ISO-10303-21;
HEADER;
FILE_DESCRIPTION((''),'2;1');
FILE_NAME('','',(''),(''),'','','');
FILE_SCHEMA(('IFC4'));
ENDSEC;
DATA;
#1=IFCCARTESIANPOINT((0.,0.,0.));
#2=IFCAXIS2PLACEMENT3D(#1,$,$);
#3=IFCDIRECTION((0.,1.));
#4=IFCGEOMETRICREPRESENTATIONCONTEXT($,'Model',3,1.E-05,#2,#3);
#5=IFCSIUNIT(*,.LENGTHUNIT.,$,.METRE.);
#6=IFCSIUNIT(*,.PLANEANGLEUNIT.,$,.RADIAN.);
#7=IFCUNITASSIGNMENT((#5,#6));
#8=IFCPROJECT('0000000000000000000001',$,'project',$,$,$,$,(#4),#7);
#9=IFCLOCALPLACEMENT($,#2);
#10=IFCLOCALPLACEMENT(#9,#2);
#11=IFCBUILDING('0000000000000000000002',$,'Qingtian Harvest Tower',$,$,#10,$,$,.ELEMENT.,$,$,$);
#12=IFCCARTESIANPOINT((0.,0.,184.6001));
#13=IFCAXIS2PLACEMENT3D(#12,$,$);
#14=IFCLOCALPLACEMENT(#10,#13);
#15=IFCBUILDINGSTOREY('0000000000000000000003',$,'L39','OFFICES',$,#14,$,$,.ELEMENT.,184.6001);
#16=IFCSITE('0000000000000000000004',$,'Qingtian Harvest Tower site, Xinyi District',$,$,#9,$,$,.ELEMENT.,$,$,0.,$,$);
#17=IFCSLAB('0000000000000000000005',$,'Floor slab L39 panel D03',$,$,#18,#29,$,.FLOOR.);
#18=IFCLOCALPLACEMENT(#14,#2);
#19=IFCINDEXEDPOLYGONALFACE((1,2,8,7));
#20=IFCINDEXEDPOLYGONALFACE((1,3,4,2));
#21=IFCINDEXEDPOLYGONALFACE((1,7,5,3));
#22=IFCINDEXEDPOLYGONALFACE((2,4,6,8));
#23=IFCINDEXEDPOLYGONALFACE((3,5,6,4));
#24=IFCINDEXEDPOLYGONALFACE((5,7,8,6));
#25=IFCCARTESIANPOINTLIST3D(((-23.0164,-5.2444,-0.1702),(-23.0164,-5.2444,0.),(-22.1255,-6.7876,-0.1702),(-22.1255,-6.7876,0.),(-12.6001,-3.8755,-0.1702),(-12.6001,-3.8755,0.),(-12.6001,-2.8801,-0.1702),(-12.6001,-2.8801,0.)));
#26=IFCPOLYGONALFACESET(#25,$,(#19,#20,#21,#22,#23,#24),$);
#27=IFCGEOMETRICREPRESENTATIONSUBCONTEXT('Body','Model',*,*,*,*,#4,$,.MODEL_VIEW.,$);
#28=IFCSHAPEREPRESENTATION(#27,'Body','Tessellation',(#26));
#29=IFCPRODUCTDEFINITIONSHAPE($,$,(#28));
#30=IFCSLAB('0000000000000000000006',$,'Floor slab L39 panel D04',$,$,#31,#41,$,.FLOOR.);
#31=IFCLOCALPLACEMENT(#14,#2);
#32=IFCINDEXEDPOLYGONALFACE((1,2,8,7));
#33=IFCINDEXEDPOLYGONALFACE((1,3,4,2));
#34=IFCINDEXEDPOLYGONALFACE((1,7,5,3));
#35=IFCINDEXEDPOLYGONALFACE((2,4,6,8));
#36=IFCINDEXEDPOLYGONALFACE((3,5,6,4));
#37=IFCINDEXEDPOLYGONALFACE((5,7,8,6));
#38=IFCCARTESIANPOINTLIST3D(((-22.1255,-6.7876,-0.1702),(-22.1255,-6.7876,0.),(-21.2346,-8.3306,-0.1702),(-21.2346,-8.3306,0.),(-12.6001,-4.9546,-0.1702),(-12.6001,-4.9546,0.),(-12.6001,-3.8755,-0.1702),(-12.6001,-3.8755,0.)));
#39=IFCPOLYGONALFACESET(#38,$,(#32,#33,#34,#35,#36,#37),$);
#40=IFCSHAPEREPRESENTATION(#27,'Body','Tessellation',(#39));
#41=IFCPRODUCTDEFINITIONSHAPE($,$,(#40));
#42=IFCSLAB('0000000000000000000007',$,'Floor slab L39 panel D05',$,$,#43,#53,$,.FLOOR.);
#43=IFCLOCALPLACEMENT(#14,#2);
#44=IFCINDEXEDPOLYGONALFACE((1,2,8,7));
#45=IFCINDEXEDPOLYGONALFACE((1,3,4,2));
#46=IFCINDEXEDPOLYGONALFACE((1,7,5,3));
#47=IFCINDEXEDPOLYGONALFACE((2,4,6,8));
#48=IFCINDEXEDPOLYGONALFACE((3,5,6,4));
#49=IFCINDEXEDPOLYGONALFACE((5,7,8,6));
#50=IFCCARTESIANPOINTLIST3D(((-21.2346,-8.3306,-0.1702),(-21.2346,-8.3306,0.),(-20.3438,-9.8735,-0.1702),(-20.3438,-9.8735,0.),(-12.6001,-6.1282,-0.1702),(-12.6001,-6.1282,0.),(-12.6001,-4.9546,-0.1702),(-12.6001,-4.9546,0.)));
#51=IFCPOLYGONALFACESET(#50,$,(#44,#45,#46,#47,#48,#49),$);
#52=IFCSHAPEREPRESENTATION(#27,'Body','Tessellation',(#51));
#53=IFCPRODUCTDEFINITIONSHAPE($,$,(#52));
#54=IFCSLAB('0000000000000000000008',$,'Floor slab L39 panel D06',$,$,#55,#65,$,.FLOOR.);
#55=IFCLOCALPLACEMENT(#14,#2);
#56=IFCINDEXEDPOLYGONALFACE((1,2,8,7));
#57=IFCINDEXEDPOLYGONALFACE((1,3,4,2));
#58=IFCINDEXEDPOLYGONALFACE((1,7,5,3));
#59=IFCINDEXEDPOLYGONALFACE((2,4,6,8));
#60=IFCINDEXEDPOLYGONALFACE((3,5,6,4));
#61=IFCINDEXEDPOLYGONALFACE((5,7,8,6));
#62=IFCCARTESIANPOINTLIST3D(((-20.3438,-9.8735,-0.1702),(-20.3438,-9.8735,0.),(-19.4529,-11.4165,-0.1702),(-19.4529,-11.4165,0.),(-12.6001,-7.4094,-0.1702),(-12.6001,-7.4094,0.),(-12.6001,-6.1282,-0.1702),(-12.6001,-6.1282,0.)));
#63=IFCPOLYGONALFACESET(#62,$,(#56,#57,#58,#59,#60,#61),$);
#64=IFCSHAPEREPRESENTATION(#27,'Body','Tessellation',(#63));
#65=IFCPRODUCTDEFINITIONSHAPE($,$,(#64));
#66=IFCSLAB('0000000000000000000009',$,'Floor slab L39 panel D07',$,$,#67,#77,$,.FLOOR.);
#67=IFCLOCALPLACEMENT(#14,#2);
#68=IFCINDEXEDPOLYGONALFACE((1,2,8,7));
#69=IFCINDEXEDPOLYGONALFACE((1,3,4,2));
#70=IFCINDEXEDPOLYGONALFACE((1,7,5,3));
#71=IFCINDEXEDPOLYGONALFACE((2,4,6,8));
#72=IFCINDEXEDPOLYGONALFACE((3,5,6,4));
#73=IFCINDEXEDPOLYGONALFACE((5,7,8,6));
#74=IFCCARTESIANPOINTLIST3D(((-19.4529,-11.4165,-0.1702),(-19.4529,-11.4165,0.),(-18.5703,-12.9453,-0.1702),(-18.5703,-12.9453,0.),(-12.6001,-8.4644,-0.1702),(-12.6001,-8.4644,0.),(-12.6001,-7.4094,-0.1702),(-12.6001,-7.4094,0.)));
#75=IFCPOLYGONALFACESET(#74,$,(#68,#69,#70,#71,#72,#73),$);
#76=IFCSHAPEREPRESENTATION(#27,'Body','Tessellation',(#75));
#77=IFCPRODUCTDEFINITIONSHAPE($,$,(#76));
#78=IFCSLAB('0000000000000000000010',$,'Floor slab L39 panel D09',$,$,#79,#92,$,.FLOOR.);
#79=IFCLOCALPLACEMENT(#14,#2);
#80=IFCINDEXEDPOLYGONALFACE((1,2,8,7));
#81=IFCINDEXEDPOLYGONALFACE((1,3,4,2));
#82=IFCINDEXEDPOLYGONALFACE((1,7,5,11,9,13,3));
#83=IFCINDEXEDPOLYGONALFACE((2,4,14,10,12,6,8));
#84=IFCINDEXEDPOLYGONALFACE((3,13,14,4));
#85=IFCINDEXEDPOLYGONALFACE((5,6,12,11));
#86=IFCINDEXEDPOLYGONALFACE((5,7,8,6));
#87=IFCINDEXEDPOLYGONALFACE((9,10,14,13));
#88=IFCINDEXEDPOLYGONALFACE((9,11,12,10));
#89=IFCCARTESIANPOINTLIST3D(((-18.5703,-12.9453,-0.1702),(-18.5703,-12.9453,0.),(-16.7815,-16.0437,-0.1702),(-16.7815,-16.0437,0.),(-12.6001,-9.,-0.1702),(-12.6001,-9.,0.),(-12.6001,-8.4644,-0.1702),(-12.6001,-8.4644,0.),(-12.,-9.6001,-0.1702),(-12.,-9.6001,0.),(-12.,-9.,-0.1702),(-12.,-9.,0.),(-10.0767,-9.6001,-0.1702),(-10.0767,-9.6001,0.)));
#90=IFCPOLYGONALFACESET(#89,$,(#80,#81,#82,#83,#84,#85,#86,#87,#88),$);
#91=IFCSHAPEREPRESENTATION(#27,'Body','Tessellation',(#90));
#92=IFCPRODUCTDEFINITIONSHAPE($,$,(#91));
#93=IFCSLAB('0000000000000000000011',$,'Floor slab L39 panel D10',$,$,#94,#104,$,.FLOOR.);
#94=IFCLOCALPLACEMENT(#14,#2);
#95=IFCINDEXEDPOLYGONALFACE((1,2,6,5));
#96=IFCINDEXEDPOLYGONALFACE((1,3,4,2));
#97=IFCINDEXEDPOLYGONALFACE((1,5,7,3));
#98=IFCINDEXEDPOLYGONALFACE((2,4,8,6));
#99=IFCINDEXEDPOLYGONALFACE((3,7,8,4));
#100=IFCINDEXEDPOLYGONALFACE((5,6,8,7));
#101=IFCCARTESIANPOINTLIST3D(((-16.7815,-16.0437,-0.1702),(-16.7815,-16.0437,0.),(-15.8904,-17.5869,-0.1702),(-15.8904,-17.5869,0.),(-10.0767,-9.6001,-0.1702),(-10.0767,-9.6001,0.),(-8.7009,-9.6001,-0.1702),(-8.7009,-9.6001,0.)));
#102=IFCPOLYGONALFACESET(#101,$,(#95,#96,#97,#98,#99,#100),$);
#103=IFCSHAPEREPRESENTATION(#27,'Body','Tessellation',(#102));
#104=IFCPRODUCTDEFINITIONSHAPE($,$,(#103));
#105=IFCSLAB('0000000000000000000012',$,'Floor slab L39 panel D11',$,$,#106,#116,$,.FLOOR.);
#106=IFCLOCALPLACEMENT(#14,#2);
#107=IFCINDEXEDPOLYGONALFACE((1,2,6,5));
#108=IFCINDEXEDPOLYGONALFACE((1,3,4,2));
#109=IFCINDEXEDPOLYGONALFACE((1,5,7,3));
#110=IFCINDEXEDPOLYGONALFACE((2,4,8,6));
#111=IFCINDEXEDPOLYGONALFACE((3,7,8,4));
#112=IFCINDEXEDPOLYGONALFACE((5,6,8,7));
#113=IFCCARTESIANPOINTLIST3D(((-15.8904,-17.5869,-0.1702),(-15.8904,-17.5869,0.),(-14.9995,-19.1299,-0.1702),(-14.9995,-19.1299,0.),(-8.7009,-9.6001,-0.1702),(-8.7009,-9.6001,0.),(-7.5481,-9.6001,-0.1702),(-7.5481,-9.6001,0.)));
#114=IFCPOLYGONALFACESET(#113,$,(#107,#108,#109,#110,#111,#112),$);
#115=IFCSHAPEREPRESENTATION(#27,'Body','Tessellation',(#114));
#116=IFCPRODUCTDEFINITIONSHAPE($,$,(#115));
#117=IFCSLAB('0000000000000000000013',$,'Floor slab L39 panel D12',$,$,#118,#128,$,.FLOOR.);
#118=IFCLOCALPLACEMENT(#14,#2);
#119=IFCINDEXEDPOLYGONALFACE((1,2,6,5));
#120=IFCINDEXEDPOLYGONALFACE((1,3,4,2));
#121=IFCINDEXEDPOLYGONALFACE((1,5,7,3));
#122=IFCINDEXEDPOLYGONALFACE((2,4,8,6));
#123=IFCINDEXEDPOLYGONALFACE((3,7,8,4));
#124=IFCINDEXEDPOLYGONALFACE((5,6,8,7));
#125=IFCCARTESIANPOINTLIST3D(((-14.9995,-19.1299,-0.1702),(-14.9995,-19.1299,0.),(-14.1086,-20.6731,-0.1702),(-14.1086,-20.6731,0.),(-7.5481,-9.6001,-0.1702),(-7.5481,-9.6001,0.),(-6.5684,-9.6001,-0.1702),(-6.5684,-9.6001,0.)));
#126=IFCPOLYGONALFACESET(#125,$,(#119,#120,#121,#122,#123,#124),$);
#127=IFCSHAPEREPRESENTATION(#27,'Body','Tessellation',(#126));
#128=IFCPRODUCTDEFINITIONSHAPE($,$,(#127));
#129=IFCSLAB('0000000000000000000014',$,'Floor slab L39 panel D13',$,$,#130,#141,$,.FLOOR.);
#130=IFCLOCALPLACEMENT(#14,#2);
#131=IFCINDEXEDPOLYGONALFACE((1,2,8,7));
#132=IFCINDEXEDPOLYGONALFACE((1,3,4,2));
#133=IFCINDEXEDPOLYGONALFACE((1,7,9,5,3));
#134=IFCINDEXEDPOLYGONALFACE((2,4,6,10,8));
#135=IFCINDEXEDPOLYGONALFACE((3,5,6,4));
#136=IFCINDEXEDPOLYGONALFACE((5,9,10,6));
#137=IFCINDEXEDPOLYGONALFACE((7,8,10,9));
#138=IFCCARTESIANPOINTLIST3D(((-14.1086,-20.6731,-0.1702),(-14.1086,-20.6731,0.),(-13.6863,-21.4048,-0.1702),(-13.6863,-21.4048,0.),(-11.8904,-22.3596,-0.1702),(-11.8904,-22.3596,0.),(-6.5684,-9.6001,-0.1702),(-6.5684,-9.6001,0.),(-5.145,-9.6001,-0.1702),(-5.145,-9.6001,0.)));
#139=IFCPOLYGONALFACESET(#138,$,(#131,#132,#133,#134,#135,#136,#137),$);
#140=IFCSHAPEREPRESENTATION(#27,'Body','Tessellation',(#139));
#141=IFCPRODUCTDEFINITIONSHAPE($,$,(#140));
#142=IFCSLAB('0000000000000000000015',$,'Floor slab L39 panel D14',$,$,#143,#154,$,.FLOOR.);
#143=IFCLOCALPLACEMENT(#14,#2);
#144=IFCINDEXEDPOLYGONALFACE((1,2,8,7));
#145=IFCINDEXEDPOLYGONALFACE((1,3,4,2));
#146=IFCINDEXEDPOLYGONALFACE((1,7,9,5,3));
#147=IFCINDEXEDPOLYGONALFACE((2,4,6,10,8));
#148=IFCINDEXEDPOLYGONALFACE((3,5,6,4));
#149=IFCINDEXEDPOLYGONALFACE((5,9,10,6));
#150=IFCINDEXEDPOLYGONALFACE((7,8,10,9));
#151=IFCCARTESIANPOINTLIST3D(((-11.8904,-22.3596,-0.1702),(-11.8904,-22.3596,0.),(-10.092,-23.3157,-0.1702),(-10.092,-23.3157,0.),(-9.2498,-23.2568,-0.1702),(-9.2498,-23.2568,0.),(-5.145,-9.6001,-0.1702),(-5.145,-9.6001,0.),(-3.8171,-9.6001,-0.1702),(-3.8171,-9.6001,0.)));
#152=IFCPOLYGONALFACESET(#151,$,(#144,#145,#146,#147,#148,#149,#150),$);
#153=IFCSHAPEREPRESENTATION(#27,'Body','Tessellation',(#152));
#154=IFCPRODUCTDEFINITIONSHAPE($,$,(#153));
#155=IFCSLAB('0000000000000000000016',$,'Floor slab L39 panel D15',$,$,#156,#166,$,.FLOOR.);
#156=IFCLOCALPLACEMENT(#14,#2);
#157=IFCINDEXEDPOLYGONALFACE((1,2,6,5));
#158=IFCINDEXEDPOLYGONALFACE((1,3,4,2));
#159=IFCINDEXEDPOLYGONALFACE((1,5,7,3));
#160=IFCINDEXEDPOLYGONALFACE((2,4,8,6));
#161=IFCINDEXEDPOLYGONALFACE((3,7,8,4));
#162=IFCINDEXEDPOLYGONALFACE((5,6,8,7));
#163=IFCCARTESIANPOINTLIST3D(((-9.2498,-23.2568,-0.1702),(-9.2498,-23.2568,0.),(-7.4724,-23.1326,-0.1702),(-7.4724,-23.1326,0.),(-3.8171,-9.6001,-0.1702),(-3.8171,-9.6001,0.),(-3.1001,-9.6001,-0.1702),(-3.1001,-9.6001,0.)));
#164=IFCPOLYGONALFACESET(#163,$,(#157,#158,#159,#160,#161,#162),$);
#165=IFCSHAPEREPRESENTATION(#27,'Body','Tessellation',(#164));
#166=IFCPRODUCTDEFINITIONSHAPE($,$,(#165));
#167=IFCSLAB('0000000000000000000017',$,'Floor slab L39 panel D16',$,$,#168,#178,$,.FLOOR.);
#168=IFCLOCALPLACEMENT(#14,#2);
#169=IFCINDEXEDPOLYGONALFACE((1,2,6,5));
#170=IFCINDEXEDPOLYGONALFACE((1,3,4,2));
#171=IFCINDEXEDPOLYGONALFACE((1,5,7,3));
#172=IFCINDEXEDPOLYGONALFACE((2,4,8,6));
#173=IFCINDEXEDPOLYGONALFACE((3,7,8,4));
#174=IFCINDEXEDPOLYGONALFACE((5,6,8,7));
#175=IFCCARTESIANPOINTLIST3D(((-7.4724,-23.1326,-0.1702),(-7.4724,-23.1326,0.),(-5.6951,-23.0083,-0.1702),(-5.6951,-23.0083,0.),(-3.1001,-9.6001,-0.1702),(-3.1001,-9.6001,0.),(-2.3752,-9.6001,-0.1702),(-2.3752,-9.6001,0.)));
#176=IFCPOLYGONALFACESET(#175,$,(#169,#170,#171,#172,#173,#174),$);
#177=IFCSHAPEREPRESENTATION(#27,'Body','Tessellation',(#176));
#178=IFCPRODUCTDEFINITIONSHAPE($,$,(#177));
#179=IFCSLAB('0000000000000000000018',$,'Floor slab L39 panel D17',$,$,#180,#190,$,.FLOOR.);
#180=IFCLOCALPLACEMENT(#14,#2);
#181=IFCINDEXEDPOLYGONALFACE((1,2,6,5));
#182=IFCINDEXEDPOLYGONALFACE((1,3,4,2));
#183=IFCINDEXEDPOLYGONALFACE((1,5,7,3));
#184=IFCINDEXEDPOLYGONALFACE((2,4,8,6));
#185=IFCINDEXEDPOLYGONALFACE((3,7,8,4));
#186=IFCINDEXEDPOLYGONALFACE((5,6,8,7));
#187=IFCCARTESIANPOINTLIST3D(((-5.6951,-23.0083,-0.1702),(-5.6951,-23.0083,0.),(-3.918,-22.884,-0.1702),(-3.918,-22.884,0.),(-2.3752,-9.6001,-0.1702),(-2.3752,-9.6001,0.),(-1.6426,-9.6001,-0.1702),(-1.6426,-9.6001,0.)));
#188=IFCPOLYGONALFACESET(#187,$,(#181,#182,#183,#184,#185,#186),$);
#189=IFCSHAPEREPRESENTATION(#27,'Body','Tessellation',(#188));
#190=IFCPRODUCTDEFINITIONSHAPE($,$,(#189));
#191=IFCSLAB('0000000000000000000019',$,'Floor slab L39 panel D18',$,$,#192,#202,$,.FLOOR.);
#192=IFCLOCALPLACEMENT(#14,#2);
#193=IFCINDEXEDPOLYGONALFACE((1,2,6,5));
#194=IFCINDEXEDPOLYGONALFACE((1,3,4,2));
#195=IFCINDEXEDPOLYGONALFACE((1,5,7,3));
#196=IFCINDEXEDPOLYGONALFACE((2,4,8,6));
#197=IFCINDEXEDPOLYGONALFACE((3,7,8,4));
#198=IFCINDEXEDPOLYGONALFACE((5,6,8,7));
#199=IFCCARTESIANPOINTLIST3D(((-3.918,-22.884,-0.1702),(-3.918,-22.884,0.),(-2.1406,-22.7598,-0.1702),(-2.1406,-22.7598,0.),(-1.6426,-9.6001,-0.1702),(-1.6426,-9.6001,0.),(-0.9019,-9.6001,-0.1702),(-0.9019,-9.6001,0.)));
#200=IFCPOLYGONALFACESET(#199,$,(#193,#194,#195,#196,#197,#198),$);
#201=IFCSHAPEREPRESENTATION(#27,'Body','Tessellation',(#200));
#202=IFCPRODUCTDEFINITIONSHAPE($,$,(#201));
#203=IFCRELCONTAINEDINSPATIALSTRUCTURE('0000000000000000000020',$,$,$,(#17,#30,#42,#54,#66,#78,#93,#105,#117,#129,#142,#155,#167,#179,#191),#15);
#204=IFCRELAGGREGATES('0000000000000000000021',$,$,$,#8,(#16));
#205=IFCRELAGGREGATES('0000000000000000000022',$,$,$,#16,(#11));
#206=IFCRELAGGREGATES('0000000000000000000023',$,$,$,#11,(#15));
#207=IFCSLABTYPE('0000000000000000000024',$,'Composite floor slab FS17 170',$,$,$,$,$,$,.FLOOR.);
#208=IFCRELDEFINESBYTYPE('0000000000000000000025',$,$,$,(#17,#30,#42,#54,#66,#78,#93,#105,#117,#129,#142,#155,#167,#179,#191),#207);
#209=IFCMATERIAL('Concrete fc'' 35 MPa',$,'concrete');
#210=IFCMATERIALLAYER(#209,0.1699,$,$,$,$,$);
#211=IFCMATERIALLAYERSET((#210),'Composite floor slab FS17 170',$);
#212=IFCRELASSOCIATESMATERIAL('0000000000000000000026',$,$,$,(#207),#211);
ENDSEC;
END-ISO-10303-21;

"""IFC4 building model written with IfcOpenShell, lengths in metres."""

from ifc_helpers import new_model, si_unit, direction, frame, origin, place, context, subcontext, project, spatial, polyline, outline, extrude, material, layer, layer_set, type_object, element, save


model = new_model("IFC4")

# Units and contexts
model_context = context("Model", 3, precision=1e-05, world=origin(), true_north=direction((0.0, 1.0)))
body_context = subcontext(model_context, "Body", "Model", "MODEL_VIEW")
ifc_project = project(units=[si_unit("LENGTHUNIT", "METRE"), si_unit("PLANEANGLEUNIT", "RADIAN")], contexts=[model_context])

# Site, building, storey
site_placement = place(None, origin())
site = spatial("IfcSite", under=ifc_project, at=site_placement, Name="Qingtian Harvest Tower site, Xinyi District", CompositionType="ELEMENT", RefElevation=0.0)
building_placement = place(site_placement, origin())
building = spatial("IfcBuilding", under=site, at=building_placement, Name="Qingtian Harvest Tower", CompositionType="ELEMENT")
storey_placement = place(building_placement, frame((0.0, 0.0, 184.6001)))
storey = spatial("IfcBuildingStorey", under=building, at=storey_placement, Name="L39", Description="OFFICES", CompositionType="ELEMENT", Elevation=184.6001)

# Slabs
ifc_material = material(Name="Concrete fc' 35 MPa", Category="concrete")
ifc_layer = layer(ifc_material, 0.1699)
ifc_layer_set = layer_set([ifc_layer], Name="Composite floor slab FS17 170")
slab_type = type_object("IfcSlabType", Name="Composite floor slab FS17 170", PredefinedType="FLOOR", material=ifc_layer_set)
slab_1_placement = place(storey_placement, frame((0.0, 0.0, -0.1702)))
element("IfcSlab", 1, at=slab_1_placement, inside=storey, type_object=slab_type, Name="Floor slab L39 panel D03", PredefinedType="FLOOR", context=body_context, shape_type="SweptSolid", body=[
    extrude(outline(polyline([(-12.6001, -3.8755), (-22.1255, -6.7876), (-23.0164, -5.2444), (-12.6001, -2.8801), (-12.6001, -3.8755)])), origin(), (0.0, 0.0, 1.0), 0.1702),
])
slab_2_placement = place(storey_placement, frame((0.0, 0.0, -0.1702)))
element("IfcSlab", 2, at=slab_2_placement, inside=storey, type_object=slab_type, Name="Floor slab L39 panel D04", PredefinedType="FLOOR", context=body_context, shape_type="SweptSolid", body=[
    extrude(outline(polyline([(-12.6001, -4.9546), (-21.2346, -8.3306), (-22.1255, -6.7876), (-12.6001, -3.8755), (-12.6001, -4.9546)])), origin(), (0.0, 0.0, 1.0), 0.1702),
])
slab_3_placement = place(storey_placement, frame((0.0, 0.0, -0.1702)))
element("IfcSlab", 3, at=slab_3_placement, inside=storey, type_object=slab_type, Name="Floor slab L39 panel D05", PredefinedType="FLOOR", context=body_context, shape_type="SweptSolid", body=[
    extrude(outline(polyline([(-12.6001, -6.1282), (-20.3438, -9.8735), (-21.2346, -8.3306), (-12.6001, -4.9546), (-12.6001, -6.1282)])), origin(), (0.0, 0.0, 1.0), 0.1702),
])
slab_4_placement = place(storey_placement, frame((0.0, 0.0, -0.1702)))
element("IfcSlab", 4, at=slab_4_placement, inside=storey, type_object=slab_type, Name="Floor slab L39 panel D06", PredefinedType="FLOOR", context=body_context, shape_type="SweptSolid", body=[
    extrude(outline(polyline([(-12.6001, -7.4094), (-19.4529, -11.4165), (-20.3438, -9.8735), (-12.6001, -6.1282), (-12.6001, -7.4094)])), origin(), (0.0, 0.0, 1.0), 0.1702),
])
slab_5_placement = place(storey_placement, frame((0.0, 0.0, -0.1702)))
element("IfcSlab", 5, at=slab_5_placement, inside=storey, type_object=slab_type, Name="Floor slab L39 panel D07", PredefinedType="FLOOR", context=body_context, shape_type="SweptSolid", body=[
    extrude(outline(polyline([(-12.6001, -8.4644), (-18.5703, -12.9453), (-19.4529, -11.4165), (-12.6001, -7.4094), (-12.6001, -8.4644)])), origin(), (0.0, 0.0, 1.0), 0.1702),
])
slab_6_placement = place(storey_placement, frame((0.0, 0.0, -0.1702)))
element("IfcSlab", 6, at=slab_6_placement, inside=storey, type_object=slab_type, Name="Floor slab L39 panel D09", PredefinedType="FLOOR", context=body_context, shape_type="SweptSolid", body=[
    extrude(outline(polyline([(-16.7815, -16.0437), (-18.5703, -12.9453), (-12.6001, -8.4644), (-12.6001, -9.0), (-12.0, -9.0), (-12.0, -9.6001), (-10.0767, -9.6001), (-16.7815, -16.0437)])), origin(), (0.0, 0.0, 1.0), 0.1702),
])
slab_7_placement = place(storey_placement, frame((0.0, 0.0, -0.1702)))
element("IfcSlab", 7, at=slab_7_placement, inside=storey, type_object=slab_type, Name="Floor slab L39 panel D10", PredefinedType="FLOOR", context=body_context, shape_type="SweptSolid", body=[
    extrude(outline(polyline([(-8.7009, -9.6001), (-15.8904, -17.5869), (-16.7815, -16.0437), (-10.0767, -9.6001), (-8.7009, -9.6001)])), origin(), (0.0, 0.0, 1.0), 0.1702),
])
slab_8_placement = place(storey_placement, frame((0.0, 0.0, -0.1702)))
element("IfcSlab", 8, at=slab_8_placement, inside=storey, type_object=slab_type, Name="Floor slab L39 panel D11", PredefinedType="FLOOR", context=body_context, shape_type="SweptSolid", body=[
    extrude(outline(polyline([(-7.5481, -9.6001), (-14.9995, -19.1299), (-15.8904, -17.5869), (-8.7009, -9.6001), (-7.5481, -9.6001)])), origin(), (0.0, 0.0, 1.0), 0.1702),
])
slab_9_placement = place(storey_placement, frame((0.0, 0.0, -0.1702)))
element("IfcSlab", 9, at=slab_9_placement, inside=storey, type_object=slab_type, Name="Floor slab L39 panel D12", PredefinedType="FLOOR", context=body_context, shape_type="SweptSolid", body=[
    extrude(outline(polyline([(-6.5684, -9.6001), (-14.1086, -20.6731), (-14.9995, -19.1299), (-7.5481, -9.6001), (-6.5684, -9.6001)])), origin(), (0.0, 0.0, 1.0), 0.1702),
])
slab_10_placement = place(storey_placement, frame((0.0, 0.0, -0.1702)))
element("IfcSlab", 10, at=slab_10_placement, inside=storey, type_object=slab_type, Name="Floor slab L39 panel D13", PredefinedType="FLOOR", context=body_context, shape_type="SweptSolid", body=[
    extrude(outline(polyline([(-6.5684, -9.6001), (-5.145, -9.6001), (-11.8904, -22.3596), (-13.6863, -21.4048), (-14.1086, -20.6731), (-6.5684, -9.6001)])), origin(), (0.0, 0.0, 1.0), 0.1702),
])
slab_11_placement = place(storey_placement, frame((0.0, 0.0, -0.1702)))
element("IfcSlab", 11, at=slab_11_placement, inside=storey, type_object=slab_type, Name="Floor slab L39 panel D14", PredefinedType="FLOOR", context=body_context, shape_type="SweptSolid", body=[
    extrude(outline(polyline([(-5.145, -9.6001), (-3.8171, -9.6001), (-9.2498, -23.2568), (-10.092, -23.3157), (-11.8904, -22.3596), (-5.145, -9.6001)])), origin(), (0.0, 0.0, 1.0), 0.1702),
])
slab_12_placement = place(storey_placement, frame((0.0, 0.0, -0.1702)))
element("IfcSlab", 12, at=slab_12_placement, inside=storey, type_object=slab_type, Name="Floor slab L39 panel D15", PredefinedType="FLOOR", context=body_context, shape_type="SweptSolid", body=[
    extrude(outline(polyline([(-3.1001, -9.6001), (-7.4724, -23.1326), (-9.2498, -23.2568), (-3.8171, -9.6001), (-3.1001, -9.6001)])), origin(), (0.0, 0.0, 1.0), 0.1702),
])
slab_13_placement = place(storey_placement, frame((0.0, 0.0, -0.1702)))
element("IfcSlab", 13, at=slab_13_placement, inside=storey, type_object=slab_type, Name="Floor slab L39 panel D16", PredefinedType="FLOOR", context=body_context, shape_type="SweptSolid", body=[
    extrude(outline(polyline([(-2.3752, -9.6001), (-5.6951, -23.0083), (-7.4724, -23.1326), (-3.1001, -9.6001), (-2.3752, -9.6001)])), origin(), (0.0, 0.0, 1.0), 0.1702),
])
slab_14_placement = place(storey_placement, frame((0.0, 0.0, -0.1702)))
element("IfcSlab", 14, at=slab_14_placement, inside=storey, type_object=slab_type, Name="Floor slab L39 panel D17", PredefinedType="FLOOR", context=body_context, shape_type="SweptSolid", body=[
    extrude(outline(polyline([(-1.6426, -9.6001), (-3.918, -22.884), (-5.6951, -23.0083), (-2.3752, -9.6001), (-1.6426, -9.6001)])), origin(), (0.0, 0.0, 1.0), 0.1702),
])
slab_15_placement = place(storey_placement, frame((0.0, 0.0, -0.1702)))
element("IfcSlab", 15, at=slab_15_placement, inside=storey, type_object=slab_type, Name="Floor slab L39 panel D18", PredefinedType="FLOOR", context=body_context, shape_type="SweptSolid", body=[
    extrude(outline(polyline([(-0.9019, -9.6001), (-2.1406, -22.7598), (-3.918, -22.884), (-1.6426, -9.6001), (-0.9019, -9.6001)])), origin(), (0.0, 0.0, 1.0), 0.1702),
])

save(model, "model.ifc")
